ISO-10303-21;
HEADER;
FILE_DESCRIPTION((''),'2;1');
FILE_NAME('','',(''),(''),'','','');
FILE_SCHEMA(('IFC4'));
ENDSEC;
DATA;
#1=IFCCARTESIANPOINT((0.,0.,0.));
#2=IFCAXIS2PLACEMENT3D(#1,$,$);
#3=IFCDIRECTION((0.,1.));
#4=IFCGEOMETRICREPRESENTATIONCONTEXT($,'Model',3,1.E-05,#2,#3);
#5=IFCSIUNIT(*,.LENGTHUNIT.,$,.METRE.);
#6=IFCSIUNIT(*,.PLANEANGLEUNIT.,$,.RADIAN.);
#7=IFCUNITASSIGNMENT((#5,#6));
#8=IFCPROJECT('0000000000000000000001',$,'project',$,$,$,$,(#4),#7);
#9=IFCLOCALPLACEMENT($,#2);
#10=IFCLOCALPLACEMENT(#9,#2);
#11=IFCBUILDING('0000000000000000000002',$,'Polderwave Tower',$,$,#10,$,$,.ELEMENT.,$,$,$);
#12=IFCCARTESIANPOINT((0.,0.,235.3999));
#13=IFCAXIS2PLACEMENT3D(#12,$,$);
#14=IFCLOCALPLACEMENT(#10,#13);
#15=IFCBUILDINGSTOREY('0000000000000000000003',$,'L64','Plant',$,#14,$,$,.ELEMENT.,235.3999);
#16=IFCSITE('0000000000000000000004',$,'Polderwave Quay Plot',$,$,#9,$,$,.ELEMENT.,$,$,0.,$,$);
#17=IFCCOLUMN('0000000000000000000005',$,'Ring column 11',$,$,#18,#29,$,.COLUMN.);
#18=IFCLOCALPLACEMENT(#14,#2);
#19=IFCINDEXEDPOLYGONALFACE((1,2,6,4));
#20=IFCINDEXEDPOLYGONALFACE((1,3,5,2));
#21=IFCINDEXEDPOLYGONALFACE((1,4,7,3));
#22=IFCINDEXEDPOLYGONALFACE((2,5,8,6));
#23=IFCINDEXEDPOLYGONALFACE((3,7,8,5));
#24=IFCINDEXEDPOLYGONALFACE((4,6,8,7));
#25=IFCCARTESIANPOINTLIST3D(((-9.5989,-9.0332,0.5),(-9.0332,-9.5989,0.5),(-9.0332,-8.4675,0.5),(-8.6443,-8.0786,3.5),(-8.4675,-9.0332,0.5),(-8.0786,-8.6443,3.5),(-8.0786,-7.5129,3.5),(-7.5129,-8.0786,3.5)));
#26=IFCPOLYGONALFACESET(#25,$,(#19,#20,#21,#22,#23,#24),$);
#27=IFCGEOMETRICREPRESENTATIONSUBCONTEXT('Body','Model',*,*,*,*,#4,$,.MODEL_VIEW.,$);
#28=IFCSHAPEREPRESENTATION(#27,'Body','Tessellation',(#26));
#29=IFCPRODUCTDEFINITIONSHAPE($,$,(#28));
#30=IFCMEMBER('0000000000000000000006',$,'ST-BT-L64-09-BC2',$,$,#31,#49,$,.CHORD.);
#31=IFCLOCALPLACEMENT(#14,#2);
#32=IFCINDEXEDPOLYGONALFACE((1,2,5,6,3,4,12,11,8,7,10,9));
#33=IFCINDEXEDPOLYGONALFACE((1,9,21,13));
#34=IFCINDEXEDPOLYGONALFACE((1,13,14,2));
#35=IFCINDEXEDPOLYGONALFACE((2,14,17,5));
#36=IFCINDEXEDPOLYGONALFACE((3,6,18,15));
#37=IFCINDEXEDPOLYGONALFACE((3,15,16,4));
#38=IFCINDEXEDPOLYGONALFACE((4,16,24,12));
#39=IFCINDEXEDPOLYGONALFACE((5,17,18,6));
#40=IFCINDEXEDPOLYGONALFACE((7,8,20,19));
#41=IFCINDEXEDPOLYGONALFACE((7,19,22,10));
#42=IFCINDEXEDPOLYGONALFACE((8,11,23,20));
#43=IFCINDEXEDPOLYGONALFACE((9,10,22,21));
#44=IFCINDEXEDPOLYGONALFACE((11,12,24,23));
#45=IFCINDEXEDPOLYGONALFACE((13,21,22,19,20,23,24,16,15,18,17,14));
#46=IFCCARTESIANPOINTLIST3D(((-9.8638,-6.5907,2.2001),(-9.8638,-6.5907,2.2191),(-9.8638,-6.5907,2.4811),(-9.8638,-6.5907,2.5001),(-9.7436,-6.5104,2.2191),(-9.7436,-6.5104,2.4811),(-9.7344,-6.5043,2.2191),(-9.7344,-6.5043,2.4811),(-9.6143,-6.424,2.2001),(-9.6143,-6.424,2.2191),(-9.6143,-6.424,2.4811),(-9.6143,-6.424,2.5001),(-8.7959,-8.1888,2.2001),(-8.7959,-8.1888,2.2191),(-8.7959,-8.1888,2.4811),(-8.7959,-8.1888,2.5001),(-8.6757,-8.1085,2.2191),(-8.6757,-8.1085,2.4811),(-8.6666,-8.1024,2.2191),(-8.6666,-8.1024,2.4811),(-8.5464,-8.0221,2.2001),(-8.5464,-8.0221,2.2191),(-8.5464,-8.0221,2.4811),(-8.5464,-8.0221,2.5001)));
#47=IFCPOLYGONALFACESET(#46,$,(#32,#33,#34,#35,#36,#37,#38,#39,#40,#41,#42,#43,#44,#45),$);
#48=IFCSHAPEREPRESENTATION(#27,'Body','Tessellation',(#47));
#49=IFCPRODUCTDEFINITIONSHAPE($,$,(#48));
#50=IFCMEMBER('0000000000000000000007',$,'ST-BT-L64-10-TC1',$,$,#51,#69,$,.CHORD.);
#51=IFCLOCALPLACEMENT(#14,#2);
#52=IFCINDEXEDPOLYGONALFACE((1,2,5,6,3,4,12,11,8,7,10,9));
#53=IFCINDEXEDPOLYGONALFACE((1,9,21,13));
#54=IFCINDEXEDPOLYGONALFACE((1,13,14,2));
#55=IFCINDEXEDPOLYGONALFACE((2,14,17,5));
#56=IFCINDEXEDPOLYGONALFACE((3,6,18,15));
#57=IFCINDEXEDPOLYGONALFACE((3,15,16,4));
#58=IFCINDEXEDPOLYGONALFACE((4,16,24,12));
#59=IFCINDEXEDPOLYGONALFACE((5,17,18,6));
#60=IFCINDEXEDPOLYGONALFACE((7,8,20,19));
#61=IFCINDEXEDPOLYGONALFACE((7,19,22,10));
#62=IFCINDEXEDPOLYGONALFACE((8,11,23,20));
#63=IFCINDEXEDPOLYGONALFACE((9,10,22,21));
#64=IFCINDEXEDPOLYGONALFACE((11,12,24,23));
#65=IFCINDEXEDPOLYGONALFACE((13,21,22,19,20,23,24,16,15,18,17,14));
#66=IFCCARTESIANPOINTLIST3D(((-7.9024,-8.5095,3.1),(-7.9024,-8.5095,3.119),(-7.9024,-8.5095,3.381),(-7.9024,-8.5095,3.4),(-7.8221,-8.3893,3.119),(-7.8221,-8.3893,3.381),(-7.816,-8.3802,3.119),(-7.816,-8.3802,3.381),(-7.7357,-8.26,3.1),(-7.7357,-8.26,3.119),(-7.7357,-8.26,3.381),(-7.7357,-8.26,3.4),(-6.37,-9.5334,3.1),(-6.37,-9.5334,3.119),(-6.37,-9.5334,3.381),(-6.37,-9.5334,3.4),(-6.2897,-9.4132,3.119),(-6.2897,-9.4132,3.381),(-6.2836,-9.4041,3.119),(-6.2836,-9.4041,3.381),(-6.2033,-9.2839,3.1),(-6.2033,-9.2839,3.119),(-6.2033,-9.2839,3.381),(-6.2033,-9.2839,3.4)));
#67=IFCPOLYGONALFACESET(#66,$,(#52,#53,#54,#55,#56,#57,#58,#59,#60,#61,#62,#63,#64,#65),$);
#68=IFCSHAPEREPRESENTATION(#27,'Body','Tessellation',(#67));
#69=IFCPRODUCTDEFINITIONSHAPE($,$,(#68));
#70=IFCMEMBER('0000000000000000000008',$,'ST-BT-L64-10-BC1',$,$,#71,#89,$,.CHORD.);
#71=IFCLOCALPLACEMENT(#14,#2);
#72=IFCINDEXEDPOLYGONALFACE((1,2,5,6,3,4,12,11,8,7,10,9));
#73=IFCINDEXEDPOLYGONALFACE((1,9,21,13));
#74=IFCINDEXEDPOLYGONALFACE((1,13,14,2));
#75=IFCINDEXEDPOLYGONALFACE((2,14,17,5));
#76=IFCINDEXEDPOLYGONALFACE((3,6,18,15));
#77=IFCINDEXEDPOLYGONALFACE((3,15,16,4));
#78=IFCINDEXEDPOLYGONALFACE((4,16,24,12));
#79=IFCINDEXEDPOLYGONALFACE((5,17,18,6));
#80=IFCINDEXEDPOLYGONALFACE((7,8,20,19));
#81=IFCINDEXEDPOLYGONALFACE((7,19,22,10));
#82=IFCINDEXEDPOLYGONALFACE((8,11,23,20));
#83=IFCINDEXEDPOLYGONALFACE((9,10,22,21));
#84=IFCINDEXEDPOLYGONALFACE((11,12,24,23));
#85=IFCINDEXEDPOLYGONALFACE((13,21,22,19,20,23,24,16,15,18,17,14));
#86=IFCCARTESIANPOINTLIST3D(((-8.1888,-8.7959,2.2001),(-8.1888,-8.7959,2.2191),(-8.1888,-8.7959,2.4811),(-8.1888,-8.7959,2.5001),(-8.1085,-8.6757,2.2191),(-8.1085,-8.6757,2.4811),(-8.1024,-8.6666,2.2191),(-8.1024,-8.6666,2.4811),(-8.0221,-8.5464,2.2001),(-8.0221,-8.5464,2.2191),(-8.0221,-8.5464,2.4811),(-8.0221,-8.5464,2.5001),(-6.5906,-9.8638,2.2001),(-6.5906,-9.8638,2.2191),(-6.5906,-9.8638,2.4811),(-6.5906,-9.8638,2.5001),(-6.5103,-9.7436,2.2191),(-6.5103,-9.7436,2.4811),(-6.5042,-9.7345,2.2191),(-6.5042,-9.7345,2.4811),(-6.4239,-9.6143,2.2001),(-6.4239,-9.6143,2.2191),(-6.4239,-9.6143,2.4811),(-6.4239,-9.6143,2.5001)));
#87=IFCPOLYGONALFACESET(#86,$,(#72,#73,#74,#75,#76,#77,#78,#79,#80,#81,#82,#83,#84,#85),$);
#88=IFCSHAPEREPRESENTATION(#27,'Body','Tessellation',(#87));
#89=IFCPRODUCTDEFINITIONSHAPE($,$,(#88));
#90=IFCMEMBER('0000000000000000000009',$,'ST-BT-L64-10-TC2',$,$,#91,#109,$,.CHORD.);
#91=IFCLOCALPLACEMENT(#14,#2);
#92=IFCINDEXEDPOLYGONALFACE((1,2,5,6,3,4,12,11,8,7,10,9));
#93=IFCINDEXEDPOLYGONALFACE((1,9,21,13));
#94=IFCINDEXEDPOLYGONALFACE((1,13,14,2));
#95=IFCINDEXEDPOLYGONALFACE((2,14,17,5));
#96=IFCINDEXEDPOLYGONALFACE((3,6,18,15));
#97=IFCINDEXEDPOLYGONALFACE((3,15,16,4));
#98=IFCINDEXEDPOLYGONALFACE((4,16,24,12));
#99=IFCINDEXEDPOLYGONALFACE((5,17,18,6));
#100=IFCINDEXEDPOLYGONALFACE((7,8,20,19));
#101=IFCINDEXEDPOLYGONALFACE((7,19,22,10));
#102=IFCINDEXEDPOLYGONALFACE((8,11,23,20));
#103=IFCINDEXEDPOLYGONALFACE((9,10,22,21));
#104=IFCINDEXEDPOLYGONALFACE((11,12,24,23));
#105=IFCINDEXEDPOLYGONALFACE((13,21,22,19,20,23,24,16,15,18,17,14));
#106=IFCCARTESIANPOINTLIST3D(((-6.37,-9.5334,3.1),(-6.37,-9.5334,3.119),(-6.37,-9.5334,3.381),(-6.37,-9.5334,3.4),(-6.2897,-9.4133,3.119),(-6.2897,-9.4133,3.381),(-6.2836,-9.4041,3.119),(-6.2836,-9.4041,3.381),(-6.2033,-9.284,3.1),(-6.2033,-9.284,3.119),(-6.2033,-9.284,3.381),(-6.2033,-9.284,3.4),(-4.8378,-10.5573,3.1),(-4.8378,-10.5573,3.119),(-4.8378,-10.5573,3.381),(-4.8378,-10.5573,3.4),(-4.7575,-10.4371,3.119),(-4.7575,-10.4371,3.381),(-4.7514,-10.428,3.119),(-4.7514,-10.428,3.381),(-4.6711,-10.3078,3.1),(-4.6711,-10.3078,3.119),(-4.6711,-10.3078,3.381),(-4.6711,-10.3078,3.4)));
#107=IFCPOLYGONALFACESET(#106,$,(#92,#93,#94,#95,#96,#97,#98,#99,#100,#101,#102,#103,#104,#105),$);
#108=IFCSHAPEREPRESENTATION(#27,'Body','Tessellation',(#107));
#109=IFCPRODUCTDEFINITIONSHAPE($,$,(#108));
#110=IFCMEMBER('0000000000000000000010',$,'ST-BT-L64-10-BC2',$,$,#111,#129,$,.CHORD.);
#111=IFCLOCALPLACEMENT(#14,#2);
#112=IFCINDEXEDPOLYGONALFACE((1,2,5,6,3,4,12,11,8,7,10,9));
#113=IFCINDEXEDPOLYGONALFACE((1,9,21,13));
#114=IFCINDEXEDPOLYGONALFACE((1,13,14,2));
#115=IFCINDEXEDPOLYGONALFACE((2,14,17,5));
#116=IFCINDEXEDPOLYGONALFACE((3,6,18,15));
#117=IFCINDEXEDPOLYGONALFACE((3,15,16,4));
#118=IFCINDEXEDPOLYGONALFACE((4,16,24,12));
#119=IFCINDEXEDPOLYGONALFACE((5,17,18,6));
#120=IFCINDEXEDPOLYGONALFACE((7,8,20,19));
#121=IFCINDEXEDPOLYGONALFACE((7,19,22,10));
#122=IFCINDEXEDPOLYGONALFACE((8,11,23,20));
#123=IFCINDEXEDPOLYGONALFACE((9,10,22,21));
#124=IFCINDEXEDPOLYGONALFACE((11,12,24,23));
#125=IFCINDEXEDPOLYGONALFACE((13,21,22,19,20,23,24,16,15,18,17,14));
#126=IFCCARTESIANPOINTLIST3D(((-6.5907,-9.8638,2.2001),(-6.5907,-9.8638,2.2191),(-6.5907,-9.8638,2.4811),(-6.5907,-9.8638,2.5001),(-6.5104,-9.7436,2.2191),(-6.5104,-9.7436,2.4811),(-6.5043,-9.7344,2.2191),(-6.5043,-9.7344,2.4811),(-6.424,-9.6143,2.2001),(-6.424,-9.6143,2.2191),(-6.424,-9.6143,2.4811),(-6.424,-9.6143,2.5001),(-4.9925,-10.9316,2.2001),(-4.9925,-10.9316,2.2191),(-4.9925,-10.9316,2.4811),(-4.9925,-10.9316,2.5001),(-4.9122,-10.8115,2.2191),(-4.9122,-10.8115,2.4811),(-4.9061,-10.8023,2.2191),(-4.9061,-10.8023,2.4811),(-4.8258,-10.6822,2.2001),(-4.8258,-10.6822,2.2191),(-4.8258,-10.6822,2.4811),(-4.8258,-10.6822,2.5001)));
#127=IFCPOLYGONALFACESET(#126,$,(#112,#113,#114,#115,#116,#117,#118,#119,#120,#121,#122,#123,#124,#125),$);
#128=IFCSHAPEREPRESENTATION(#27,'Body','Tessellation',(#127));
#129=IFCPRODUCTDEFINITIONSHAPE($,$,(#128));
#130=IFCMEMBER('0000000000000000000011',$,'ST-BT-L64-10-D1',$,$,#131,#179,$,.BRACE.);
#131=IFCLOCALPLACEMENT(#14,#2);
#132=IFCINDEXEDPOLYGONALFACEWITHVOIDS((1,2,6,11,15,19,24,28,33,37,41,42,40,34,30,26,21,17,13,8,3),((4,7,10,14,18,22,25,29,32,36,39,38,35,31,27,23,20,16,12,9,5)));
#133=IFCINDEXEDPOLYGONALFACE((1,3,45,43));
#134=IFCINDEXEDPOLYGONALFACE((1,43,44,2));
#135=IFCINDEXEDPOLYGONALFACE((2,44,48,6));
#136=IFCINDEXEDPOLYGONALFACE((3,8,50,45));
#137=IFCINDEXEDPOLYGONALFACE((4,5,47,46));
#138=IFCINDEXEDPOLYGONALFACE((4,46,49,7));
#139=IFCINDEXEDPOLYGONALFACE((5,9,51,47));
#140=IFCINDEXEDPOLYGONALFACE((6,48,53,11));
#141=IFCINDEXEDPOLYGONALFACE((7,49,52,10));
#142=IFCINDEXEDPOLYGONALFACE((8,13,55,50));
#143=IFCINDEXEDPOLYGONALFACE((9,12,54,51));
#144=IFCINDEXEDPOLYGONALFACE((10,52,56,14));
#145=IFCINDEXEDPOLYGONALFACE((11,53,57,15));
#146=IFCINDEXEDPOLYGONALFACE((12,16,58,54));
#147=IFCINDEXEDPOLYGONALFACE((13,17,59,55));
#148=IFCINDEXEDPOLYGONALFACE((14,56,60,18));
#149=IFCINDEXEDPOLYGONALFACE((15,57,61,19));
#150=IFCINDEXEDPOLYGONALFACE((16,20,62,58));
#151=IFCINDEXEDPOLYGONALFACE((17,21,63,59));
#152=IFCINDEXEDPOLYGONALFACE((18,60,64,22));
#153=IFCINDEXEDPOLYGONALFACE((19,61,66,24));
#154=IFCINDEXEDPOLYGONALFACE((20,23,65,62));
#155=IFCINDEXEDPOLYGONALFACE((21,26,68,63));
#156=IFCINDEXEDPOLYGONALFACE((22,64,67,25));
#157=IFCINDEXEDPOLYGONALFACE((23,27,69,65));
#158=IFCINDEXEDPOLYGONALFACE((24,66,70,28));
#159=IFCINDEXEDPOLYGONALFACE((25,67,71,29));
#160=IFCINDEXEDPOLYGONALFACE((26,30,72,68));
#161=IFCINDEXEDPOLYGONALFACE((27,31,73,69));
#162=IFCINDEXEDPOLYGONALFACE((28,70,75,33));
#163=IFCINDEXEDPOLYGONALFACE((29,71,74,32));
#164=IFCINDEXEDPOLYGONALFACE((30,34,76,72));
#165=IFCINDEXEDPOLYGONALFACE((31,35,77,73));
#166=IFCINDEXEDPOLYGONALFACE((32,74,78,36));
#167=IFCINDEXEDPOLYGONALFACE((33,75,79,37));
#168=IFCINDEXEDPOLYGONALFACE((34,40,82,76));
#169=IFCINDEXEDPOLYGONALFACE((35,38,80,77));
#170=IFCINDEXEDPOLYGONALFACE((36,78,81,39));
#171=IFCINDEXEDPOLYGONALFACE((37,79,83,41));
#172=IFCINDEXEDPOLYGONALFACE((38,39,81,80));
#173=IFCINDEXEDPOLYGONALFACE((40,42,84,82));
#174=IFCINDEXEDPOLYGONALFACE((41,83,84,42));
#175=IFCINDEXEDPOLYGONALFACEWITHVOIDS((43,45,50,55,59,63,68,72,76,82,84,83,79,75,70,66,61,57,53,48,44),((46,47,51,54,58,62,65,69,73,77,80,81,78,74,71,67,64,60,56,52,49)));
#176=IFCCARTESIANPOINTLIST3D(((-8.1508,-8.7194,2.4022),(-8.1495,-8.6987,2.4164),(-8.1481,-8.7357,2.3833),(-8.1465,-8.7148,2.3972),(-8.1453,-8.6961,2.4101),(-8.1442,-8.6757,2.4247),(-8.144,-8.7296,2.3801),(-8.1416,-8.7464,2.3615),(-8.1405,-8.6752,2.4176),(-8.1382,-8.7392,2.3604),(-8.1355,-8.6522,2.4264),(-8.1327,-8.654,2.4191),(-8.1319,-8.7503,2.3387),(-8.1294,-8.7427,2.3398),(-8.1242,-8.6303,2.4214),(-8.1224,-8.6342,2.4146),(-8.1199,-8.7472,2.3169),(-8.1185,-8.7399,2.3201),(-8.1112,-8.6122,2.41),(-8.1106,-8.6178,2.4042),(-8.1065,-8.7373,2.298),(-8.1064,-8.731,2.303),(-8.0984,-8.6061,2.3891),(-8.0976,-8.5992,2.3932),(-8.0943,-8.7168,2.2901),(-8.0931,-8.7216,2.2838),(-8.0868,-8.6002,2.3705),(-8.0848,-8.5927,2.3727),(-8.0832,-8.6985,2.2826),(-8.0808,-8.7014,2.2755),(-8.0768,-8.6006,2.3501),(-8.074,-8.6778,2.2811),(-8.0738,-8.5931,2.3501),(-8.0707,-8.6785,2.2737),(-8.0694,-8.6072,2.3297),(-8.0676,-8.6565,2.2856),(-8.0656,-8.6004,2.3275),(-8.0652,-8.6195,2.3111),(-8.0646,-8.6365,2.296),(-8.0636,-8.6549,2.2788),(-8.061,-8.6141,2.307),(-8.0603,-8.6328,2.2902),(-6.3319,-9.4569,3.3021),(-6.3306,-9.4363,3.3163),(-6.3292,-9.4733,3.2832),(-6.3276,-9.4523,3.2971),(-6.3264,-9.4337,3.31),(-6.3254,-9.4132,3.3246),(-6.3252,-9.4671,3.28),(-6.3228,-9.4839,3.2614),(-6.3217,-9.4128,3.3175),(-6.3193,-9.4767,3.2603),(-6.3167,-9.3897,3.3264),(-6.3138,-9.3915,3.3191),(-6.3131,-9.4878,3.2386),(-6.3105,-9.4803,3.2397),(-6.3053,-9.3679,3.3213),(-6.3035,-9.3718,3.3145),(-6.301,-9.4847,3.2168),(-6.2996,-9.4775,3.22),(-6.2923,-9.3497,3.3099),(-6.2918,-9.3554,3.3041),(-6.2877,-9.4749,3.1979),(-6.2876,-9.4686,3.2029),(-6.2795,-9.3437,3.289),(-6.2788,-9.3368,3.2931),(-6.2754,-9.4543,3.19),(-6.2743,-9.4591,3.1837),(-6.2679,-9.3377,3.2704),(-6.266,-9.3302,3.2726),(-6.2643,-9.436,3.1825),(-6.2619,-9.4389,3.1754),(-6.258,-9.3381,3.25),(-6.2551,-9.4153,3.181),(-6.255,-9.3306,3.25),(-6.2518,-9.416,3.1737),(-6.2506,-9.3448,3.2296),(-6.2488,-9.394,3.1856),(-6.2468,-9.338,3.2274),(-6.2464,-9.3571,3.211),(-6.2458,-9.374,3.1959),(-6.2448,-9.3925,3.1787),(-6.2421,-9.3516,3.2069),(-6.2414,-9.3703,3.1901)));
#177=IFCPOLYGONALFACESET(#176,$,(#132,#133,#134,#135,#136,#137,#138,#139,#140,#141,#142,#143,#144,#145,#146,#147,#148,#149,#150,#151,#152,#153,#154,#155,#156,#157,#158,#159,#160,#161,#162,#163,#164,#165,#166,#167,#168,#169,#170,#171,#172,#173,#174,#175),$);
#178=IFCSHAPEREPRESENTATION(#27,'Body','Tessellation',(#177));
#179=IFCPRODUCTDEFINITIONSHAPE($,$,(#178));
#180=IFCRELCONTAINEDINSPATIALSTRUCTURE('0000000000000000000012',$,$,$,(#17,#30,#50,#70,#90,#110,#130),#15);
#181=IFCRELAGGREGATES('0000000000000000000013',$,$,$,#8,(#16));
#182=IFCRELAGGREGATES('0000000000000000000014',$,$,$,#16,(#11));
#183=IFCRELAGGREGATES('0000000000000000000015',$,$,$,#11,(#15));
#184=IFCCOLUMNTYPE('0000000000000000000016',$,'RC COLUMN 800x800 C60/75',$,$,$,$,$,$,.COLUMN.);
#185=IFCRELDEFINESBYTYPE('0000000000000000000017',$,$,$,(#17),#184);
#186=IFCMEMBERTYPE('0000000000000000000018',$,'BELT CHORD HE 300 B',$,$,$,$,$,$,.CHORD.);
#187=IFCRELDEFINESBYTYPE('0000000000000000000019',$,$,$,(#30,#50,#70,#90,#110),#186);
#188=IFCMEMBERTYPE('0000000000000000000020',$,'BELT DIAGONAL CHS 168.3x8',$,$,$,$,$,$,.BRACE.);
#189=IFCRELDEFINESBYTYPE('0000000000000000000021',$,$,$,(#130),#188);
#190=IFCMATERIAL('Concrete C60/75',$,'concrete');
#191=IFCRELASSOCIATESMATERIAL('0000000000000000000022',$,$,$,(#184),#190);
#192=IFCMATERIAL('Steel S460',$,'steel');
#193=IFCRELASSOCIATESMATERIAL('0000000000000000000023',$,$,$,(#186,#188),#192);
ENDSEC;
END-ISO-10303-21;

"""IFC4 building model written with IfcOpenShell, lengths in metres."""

from ifc_helpers import new_model, si_unit, direction, frame, origin, origin_2d, place, context, subcontext, project, spatial, rectangle, hollow_circle, i_section, extrude, material, material_profile, profile_set, type_object, element, save


model = new_model("IFC4")

# Units and contexts
model_context = context("Model", 3, precision=1e-05, world=origin(), true_north=direction((0.0, 1.0)))
body_context = subcontext(model_context, "Body", "Model", "MODEL_VIEW")
ifc_project = project(units=[si_unit("LENGTHUNIT", "METRE"), si_unit("PLANEANGLEUNIT", "RADIAN")], contexts=[model_context])

# Site, building, storey
site_placement = place(None, origin())
site = spatial("IfcSite", under=ifc_project, at=site_placement, Name="Polderwave Quay Plot", CompositionType="ELEMENT", RefElevation=0.0)
building_placement = place(site_placement, origin())
building = spatial("IfcBuilding", under=site, at=building_placement, Name="Polderwave Tower", CompositionType="ELEMENT")
storey_placement = place(building_placement, frame((0.0, 0.0, 235.3999)))
storey = spatial("IfcBuildingStorey", under=building, at=storey_placement, Name="L64", Description="Plant", CompositionType="ELEMENT", Elevation=235.3999)

# Column
ifc_material_1 = material(Name="Concrete C60/75", Category="concrete")
ifc_material_profile_1 = material_profile(ifc_material_1, rectangle(XDim=0.8, YDim=0.8, at=origin_2d()), Name="RC 800x800")
ifc_profile_set_1 = profile_set([ifc_material_profile_1], Name="Concrete C60/75")
column_type = type_object("IfcColumnType", Name="RC COLUMN 800x800 C60/75", PredefinedType="COLUMN", material=ifc_profile_set_1)
column_placement = place(storey_placement, frame((-9.0332, -9.0332, 0.5), z_axis=(0.0, 0.0, 1.0), x_axis=(-0.707107, 0.707107, 0.0)))
element("IfcColumn", 1, at=column_placement, inside=storey, type_object=column_type, Name="Ring column 11", PredefinedType="COLUMN", context=body_context, shape_type="SweptSolid", body=[
    extrude(rectangle(XDim=0.8, YDim=0.8, at=origin_2d()), origin(), (0.0, -0.410363, 0.911922), 3.2898),
])

# Members
ifc_material_2 = material(Name="Steel S460", Category="steel")
ifc_material_profile_2 = material_profile(ifc_material_2, i_section(OverallWidth=0.3, OverallDepth=0.3, WebThickness=0.011, FlangeThickness=0.019, at=origin_2d()), Name="HE 300 B")
ifc_profile_set_2 = profile_set([ifc_material_profile_2], Name="Steel S460")
member_type_1 = type_object("IfcMemberType", Name="BELT CHORD HE 300 B", PredefinedType="CHORD", material=ifc_profile_set_2)
member_1_placement = place(storey_placement, frame((-9.739, -6.5073, 2.3501), z_axis=(0.555579, -0.831464, 0.0), x_axis=(0.831464, 0.555579, 0.0)))
element("IfcMember", 2, at=member_1_placement, inside=storey, type_object=member_type_1, Name="ST-BT-L64-09-BC2", PredefinedType="CHORD", context=body_context, shape_type="SweptSolid", body=[
    extrude(i_section(OverallWidth=0.3, OverallDepth=0.3, WebThickness=0.011, FlangeThickness=0.019, at=origin_2d()), origin(), (0.0, 0.0, 1.0), 1.9221),
])
member_2_placement = place(storey_placement, frame((-7.8191, -8.3848, 3.25), z_axis=(0.831479, -0.555556, 0.0), x_axis=(0.555556, 0.831479, 0.0)))
element("IfcMember", 3, at=member_2_placement, inside=storey, type_object=member_type_1, Name="ST-BT-L64-10-TC1", PredefinedType="CHORD", context=body_context, shape_type="SweptSolid", body=[
    extrude(i_section(OverallWidth=0.3, OverallDepth=0.3, WebThickness=0.011, FlangeThickness=0.019, at=origin_2d()), origin(), (0.0, 0.0, 1.0), 1.843),
])
member_3_placement = place(storey_placement, frame((-8.1055, -8.6711, 2.3501), z_axis=(0.831464, -0.555579, 0.0), x_axis=(0.555579, 0.831464, 0.0)))
element("IfcMember", 4, at=member_3_placement, inside=storey, type_object=member_type_1, Name="ST-BT-L64-10-BC1", PredefinedType="CHORD", context=body_context, shape_type="SweptSolid", body=[
    extrude(i_section(OverallWidth=0.3, OverallDepth=0.3, WebThickness=0.011, FlangeThickness=0.019, at=origin_2d()), origin(), (0.0, 0.0, 1.0), 1.9221),
])
member_4_placement = place(storey_placement, frame((-6.2866, -9.4087, 3.25), z_axis=(0.831438, -0.555617, 0.0), x_axis=(0.555617, 0.831438, 0.0)))
element("IfcMember", 5, at=member_4_placement, inside=storey, type_object=member_type_1, Name="ST-BT-L64-10-TC2", PredefinedType="CHORD", context=body_context, shape_type="SweptSolid", body=[
    extrude(i_section(OverallWidth=0.3, OverallDepth=0.3, WebThickness=0.011, FlangeThickness=0.019, at=origin_2d()), origin(), (0.0, 0.0, 1.0), 1.8428),
])
member_5_placement = place(storey_placement, frame((-6.5073, -9.739, 2.3501), z_axis=(0.831464, -0.555579, 0.0), x_axis=(0.555579, 0.831464, 0.0)))
element("IfcMember", 6, at=member_5_placement, inside=storey, type_object=member_type_1, Name="ST-BT-L64-10-BC2", PredefinedType="CHORD", context=body_context, shape_type="SweptSolid", body=[
    extrude(i_section(OverallWidth=0.3, OverallDepth=0.3, WebThickness=0.011, FlangeThickness=0.019, at=origin_2d()), origin(), (0.0, 0.0, 1.0), 1.9221),
])
ifc_material_profile_3 = material_profile(ifc_material_2, hollow_circle(Radius=0.0842, WallThickness=0.0081, at=origin_2d()), Name="CHS 168.3x8")
ifc_profile_set_3 = profile_set([ifc_material_profile_3], Name="Steel S460")
member_type_2 = type_object("IfcMemberType", Name="BELT DIAGONAL CHS 168.3x8", PredefinedType="BRACE", material=ifc_profile_set_3)
member_6_placement = place(storey_placement, frame((-8.1055, -8.6711, 2.3501), z_axis=(0.842383, -0.341589, 0.416782), x_axis=(0.375783, 0.926708, 0.0)))
element("IfcMember", 7, at=member_6_placement, inside=storey, type_object=member_type_2, Name="ST-BT-L64-10-D1", PredefinedType="BRACE", context=body_context, shape_type="SweptSolid", body=[
    extrude(hollow_circle(Radius=0.0842, WallThickness=0.0081, at=origin_2d()), origin(), (0.0, 0.0, 1.0), 2.1592),
])

save(model, "model.ifc")
